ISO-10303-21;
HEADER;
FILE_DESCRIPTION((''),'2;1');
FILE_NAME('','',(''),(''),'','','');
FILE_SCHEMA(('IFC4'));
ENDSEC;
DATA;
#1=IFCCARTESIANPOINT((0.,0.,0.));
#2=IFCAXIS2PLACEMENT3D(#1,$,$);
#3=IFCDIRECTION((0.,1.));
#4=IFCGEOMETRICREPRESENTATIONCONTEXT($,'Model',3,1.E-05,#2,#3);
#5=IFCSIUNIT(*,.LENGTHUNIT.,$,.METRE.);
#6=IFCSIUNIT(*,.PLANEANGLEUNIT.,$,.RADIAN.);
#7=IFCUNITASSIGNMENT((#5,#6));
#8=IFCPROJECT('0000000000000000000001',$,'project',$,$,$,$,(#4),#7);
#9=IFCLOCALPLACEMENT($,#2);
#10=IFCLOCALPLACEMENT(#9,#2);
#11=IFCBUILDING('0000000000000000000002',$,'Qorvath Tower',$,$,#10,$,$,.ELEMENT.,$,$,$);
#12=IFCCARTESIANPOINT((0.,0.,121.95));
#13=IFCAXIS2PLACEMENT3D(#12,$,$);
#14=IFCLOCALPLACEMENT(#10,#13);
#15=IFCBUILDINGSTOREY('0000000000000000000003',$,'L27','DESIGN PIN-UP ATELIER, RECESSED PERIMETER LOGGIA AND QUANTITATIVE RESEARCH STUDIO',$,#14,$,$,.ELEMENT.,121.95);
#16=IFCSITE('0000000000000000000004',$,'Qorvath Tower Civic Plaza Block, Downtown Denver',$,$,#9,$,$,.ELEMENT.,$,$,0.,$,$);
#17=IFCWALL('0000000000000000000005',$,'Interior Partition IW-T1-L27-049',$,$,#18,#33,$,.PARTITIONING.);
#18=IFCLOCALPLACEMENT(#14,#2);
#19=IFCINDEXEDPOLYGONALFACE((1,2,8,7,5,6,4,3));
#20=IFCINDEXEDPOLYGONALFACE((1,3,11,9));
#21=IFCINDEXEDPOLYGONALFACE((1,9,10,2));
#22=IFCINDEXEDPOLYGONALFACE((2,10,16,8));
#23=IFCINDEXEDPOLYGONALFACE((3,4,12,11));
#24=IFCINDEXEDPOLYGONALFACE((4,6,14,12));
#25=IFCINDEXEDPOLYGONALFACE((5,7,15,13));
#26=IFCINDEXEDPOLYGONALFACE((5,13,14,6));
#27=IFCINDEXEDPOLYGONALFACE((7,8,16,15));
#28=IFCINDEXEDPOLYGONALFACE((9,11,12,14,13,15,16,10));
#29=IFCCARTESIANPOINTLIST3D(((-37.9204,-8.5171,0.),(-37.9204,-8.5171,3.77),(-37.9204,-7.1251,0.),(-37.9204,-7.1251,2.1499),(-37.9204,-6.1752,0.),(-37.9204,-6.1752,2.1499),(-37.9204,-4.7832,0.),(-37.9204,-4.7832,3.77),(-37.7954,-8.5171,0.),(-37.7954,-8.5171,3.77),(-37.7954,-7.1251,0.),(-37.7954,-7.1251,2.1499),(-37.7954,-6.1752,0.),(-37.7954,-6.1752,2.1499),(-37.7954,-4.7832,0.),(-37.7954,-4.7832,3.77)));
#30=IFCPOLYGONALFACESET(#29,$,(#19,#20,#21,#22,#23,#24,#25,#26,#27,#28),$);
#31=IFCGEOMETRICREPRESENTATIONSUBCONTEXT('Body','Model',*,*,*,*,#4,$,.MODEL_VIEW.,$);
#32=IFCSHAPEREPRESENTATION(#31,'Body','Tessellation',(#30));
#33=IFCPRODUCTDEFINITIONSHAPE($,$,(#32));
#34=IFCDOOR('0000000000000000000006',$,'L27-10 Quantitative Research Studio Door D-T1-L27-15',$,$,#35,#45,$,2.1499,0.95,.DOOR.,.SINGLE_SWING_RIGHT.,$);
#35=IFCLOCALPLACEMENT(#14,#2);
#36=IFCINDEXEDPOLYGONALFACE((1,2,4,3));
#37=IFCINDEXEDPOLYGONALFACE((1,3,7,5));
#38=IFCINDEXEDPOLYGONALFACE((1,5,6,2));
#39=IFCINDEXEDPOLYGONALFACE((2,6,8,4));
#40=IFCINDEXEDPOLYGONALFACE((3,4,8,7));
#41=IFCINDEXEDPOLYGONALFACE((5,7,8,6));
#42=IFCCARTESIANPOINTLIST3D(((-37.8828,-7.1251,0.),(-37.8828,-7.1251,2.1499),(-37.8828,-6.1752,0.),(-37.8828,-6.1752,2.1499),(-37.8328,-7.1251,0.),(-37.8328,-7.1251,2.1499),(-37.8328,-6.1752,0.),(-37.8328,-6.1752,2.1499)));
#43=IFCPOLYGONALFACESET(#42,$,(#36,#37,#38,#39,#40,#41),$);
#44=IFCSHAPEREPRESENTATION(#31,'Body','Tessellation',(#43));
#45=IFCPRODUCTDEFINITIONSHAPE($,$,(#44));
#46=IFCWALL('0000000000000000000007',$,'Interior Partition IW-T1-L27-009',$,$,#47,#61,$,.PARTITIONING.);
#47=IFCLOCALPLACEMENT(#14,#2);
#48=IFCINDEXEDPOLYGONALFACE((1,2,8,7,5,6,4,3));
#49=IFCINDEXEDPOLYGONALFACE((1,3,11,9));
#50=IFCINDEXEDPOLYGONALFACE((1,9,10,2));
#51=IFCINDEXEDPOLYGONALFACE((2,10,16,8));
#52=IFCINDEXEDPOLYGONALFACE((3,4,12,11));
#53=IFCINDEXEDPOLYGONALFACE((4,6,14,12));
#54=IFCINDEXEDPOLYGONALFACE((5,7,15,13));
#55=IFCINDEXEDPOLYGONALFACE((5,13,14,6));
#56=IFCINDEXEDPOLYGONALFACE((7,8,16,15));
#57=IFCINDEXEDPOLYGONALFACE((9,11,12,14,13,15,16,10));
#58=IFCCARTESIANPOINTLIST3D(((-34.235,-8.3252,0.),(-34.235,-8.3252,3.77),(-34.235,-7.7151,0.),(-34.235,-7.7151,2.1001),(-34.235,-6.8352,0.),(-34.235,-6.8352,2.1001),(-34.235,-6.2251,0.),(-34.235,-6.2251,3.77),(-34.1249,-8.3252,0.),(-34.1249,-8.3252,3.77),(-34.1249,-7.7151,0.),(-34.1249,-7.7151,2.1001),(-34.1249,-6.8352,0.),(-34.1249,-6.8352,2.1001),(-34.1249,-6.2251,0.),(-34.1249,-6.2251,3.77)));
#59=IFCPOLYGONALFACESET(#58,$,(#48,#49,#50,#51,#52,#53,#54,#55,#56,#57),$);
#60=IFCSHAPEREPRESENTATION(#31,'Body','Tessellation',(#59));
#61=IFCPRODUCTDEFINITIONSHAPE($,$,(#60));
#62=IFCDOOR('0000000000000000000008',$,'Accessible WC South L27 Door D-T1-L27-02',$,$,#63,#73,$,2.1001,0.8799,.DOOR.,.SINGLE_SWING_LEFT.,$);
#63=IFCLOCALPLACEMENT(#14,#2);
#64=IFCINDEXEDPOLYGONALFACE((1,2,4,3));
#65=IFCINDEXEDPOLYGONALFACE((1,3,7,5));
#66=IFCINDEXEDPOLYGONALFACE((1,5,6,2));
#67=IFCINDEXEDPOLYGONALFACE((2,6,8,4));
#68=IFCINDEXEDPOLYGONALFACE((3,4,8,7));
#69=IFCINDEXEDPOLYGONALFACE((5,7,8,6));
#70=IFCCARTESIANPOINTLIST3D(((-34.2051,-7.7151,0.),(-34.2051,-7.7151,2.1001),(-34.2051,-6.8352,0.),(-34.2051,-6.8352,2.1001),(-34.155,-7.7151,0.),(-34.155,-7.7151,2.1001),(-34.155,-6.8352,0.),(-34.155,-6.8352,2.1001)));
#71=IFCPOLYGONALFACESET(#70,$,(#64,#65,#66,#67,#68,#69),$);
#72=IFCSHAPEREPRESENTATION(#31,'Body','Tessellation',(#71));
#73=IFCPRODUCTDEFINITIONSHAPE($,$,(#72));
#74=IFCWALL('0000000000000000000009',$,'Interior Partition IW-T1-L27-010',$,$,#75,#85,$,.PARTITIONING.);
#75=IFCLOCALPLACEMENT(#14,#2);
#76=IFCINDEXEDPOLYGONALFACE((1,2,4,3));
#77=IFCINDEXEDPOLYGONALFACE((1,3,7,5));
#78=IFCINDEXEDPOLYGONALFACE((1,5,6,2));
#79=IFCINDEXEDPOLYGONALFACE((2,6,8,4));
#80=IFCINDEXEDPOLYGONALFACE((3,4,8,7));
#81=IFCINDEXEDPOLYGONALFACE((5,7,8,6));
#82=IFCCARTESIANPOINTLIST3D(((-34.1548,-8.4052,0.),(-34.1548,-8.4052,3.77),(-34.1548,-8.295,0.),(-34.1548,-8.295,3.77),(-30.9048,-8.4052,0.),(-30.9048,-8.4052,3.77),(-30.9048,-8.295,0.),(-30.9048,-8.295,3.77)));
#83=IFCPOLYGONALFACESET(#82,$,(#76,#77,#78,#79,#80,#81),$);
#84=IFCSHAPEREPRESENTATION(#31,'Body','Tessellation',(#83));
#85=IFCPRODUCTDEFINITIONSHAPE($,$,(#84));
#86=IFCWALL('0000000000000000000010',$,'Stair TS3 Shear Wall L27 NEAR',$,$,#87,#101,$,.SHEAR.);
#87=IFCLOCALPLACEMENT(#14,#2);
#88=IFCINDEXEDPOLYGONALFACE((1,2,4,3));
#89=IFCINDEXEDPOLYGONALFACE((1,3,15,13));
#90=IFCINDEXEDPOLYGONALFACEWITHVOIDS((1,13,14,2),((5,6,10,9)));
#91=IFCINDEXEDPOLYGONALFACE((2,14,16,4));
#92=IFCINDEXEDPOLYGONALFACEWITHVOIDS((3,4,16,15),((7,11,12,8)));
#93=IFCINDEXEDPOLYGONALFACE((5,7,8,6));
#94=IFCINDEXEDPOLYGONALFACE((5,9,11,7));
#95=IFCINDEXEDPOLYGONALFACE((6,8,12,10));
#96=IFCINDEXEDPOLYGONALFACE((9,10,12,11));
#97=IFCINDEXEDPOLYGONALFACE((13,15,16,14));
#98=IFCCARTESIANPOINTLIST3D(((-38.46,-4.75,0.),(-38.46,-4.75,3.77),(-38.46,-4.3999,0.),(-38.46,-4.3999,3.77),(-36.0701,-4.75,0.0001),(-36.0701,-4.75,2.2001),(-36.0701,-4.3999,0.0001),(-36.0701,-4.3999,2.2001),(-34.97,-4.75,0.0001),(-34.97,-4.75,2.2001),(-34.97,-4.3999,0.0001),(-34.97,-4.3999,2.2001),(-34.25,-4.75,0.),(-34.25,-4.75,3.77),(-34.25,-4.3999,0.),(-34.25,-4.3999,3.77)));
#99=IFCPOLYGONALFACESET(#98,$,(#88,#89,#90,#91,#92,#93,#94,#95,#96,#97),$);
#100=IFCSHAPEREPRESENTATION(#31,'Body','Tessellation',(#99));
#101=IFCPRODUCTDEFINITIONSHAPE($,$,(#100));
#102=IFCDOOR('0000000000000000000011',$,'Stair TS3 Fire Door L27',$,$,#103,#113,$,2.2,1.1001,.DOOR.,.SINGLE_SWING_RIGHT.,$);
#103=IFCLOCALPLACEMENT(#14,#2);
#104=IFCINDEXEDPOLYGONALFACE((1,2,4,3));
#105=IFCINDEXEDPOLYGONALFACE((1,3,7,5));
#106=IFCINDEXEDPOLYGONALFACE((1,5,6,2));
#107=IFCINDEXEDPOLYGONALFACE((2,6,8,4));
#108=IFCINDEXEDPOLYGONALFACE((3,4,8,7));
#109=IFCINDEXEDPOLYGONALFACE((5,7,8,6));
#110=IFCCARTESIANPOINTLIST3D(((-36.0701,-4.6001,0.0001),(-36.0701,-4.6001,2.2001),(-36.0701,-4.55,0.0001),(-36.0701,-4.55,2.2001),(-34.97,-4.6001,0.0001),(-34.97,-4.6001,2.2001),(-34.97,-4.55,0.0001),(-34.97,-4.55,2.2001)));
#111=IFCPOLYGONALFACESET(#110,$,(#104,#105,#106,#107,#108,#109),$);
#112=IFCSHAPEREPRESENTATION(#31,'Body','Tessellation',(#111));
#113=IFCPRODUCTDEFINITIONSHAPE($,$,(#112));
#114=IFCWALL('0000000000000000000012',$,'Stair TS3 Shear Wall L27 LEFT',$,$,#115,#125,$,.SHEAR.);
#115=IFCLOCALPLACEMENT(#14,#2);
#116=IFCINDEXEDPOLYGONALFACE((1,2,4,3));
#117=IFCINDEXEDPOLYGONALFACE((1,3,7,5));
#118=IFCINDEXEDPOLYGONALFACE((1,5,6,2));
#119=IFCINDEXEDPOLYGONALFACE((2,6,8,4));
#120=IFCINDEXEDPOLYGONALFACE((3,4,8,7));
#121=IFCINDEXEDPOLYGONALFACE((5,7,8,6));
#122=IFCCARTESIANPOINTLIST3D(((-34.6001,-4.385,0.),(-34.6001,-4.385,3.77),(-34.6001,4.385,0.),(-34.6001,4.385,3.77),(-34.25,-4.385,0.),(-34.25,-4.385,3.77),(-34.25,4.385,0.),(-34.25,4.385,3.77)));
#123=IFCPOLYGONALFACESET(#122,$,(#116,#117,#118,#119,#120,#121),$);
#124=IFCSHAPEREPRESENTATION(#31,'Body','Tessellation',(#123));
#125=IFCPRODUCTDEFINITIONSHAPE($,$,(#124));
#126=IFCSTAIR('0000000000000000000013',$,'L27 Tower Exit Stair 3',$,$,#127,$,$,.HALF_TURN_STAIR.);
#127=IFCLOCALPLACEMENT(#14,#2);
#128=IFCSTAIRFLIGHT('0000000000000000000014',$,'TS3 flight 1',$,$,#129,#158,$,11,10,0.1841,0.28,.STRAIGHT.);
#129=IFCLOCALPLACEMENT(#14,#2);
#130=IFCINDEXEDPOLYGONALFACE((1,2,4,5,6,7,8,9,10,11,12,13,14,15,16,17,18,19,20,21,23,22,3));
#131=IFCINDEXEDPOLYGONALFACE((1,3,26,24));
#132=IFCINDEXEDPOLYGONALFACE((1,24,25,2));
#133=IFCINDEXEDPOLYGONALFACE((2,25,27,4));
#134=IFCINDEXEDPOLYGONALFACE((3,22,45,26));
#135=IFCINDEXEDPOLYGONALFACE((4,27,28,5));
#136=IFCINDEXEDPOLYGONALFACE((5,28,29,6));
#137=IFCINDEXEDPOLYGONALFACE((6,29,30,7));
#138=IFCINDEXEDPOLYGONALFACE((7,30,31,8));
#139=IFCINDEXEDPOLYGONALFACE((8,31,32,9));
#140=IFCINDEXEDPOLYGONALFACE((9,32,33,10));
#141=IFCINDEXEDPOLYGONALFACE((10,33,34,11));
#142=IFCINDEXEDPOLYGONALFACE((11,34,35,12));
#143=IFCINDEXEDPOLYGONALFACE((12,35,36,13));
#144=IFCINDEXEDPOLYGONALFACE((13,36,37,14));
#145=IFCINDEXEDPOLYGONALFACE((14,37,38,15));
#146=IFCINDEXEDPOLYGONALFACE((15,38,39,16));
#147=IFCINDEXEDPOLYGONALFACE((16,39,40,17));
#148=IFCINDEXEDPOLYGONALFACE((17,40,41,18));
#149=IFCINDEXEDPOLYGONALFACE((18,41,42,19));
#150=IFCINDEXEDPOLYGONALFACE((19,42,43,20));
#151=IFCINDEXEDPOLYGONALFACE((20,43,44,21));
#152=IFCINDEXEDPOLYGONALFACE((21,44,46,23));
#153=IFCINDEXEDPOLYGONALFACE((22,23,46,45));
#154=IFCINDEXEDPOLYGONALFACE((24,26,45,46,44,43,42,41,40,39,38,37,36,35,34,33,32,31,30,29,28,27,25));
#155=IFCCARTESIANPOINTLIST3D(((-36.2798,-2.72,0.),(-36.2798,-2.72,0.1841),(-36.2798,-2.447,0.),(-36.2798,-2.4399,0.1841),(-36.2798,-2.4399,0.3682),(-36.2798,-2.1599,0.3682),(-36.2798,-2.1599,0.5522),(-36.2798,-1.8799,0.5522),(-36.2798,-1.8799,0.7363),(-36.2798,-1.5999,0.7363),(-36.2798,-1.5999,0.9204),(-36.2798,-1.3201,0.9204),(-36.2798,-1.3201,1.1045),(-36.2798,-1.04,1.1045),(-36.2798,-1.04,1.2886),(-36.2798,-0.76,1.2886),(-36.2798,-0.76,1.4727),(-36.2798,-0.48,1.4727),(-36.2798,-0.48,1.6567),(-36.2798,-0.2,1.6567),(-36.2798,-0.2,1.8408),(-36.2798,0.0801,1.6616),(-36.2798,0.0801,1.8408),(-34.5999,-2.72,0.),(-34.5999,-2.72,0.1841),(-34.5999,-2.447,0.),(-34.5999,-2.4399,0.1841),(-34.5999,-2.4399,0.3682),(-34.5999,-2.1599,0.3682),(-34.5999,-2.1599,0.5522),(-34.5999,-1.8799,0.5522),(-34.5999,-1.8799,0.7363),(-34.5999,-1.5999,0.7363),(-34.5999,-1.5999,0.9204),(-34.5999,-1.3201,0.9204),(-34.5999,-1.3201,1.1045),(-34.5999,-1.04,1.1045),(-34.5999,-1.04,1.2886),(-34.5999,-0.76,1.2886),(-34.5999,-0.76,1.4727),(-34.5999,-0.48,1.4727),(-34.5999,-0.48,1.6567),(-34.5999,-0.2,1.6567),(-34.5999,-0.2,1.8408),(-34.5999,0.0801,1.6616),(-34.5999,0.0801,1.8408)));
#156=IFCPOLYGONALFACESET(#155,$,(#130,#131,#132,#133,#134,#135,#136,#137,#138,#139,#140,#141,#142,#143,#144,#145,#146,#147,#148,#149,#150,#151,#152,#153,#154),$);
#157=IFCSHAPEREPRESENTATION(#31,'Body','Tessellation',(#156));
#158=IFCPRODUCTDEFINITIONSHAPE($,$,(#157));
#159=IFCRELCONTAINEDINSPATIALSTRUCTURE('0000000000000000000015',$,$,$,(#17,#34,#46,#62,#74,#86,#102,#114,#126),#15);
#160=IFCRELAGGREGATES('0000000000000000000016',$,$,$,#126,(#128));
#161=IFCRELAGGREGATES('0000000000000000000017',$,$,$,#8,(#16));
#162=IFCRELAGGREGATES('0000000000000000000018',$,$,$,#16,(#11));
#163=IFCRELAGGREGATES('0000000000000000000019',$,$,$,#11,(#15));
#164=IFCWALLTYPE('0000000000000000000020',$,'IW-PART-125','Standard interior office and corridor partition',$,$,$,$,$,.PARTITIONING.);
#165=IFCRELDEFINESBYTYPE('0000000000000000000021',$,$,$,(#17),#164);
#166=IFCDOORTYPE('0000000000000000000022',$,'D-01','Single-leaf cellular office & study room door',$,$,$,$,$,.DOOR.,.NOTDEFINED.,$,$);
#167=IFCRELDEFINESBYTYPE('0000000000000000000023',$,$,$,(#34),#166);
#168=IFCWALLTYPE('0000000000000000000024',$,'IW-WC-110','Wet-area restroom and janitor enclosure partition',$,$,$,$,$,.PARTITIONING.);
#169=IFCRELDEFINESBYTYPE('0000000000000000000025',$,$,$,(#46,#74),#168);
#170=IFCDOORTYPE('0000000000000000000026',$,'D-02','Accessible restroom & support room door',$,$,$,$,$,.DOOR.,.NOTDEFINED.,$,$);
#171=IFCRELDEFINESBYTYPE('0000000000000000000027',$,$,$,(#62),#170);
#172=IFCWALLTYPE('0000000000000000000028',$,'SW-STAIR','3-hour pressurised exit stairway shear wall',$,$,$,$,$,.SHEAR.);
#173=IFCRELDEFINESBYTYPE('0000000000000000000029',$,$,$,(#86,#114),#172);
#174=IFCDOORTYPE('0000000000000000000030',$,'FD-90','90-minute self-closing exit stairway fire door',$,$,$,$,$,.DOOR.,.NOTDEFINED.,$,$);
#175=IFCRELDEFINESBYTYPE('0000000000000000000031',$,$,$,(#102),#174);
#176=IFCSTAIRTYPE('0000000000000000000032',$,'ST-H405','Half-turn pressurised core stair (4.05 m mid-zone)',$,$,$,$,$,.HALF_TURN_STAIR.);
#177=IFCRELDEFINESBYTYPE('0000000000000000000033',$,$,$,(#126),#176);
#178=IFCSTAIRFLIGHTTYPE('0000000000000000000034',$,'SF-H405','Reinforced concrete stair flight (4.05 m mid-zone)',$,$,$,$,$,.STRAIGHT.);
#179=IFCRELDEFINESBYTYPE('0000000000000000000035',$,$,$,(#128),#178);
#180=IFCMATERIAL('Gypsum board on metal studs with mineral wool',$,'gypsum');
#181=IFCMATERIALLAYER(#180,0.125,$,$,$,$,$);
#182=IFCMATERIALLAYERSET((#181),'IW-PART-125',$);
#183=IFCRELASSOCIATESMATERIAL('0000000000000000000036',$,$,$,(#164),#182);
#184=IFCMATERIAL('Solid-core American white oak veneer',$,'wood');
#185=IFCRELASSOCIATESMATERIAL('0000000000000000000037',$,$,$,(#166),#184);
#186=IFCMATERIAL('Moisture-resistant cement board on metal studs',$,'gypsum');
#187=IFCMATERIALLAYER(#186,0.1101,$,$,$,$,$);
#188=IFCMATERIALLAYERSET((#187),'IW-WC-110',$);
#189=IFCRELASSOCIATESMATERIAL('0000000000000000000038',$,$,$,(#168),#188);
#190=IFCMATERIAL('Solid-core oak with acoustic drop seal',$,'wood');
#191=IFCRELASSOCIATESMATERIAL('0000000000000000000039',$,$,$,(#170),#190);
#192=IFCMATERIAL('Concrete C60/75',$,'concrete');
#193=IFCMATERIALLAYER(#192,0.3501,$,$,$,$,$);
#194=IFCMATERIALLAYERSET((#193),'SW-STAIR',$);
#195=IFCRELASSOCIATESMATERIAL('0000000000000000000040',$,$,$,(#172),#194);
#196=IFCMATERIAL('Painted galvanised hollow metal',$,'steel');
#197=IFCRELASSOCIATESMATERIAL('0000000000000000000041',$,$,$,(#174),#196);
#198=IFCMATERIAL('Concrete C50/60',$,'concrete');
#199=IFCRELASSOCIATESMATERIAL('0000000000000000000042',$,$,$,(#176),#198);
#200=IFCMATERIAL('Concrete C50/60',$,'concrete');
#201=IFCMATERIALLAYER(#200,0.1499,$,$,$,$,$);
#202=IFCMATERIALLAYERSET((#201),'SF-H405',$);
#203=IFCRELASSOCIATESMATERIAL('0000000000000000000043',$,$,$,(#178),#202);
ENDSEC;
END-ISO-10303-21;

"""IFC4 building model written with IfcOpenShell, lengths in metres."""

from ifc_helpers import new_model, si_unit, direction, frame, frame_2d, origin, place, context, subcontext, project, spatial, polyline, rectangle, outline, extrude, material, layer, layer_set, type_object, element, fill, aggregate, save


model = new_model("IFC4")

# Units and contexts
model_context = context("Model", 3, precision=1e-05, world=origin(), true_north=direction((0.0, 1.0)))
body_context = subcontext(model_context, "Body", "Model", "MODEL_VIEW")
ifc_project = project(units=[si_unit("LENGTHUNIT", "METRE"), si_unit("PLANEANGLEUNIT", "RADIAN")], contexts=[model_context])

# Site, building, storey
site_placement = place(None, origin())
site = spatial("IfcSite", under=ifc_project, at=site_placement, Name="Qorvath Tower Civic Plaza Block, Downtown Denver", CompositionType="ELEMENT", RefElevation=0.0)
building_placement = place(site_placement, origin())
building = spatial("IfcBuilding", under=site, at=building_placement, Name="Qorvath Tower", CompositionType="ELEMENT")
storey_placement = place(building_placement, frame((0.0, 0.0, 121.95)))
storey = spatial("IfcBuildingStorey", under=building, at=storey_placement, Name="L27", Description="DESIGN PIN-UP ATELIER, RECESSED PERIMETER LOGGIA AND QUANTITATIVE RESEARCH STUDIO", CompositionType="ELEMENT", Elevation=121.95)

# Shared definitions
ifc_material_1 = material(Name="Gypsum board on metal studs with mineral wool", Category="gypsum")
ifc_layer_1 = layer(ifc_material_1, 0.125)
ifc_layer_set_1 = layer_set([ifc_layer_1], Name="IW-PART-125")
wall_type_1 = type_object("IfcWallType", Name="IW-PART-125", Description="Standard interior office and corridor partition", PredefinedType="PARTITIONING", material=ifc_layer_set_1)

# Walls, openings, doors
wall_1_placement = place(storey_placement, frame((-37.8579, -8.5171, 0.0), z_axis=(0.0, 0.0, 1.0), x_axis=(0.0, 1.0, 0.0)))
wall_1 = element("IfcWall", 1, at=wall_1_placement, inside=storey, type_object=wall_type_1, Name="Interior Partition IW-T1-L27-049", PredefinedType="PARTITIONING", context=body_context, shape_type="SweptSolid", body=[
    extrude(rectangle(XDim=3.7339, YDim=0.125, at=frame_2d((1.8669, 0.0))), origin(), (0.0, 0.0, 1.0), 3.77),
])
opening_1_placement = place(wall_1_placement, frame((1.3918, 0.0, 0.0)))
opening_1 = element("IfcOpeningElement", 2, at=opening_1_placement, cuts=wall_1, PredefinedType="OPENING", context=body_context, shape_type="SweptSolid", body=[
    extrude(rectangle(XDim=0.95, YDim=2.1499, at=frame_2d((0.4751, 1.075))), frame((0.0, 0.0725, 0.0), z_axis=(0.0, -1.0, 0.0), x_axis=(1.0, 0.0, 0.0)), (0.0, 0.0, 1.0), 0.145),
])
ifc_material_2 = material(Name="Solid-core American white oak veneer", Category="wood")
door_type_1 = type_object("IfcDoorType", Name="D-01", Description="Single-leaf cellular office & study room door", OperationType="NOTDEFINED", PredefinedType="DOOR", material=ifc_material_2)
door_1_placement = place(opening_1_placement, origin())
door_1 = element("IfcDoor", 3, at=door_1_placement, inside=storey, type_object=door_type_1, Name="L27-10 Quantitative Research Studio Door D-T1-L27-15", OperationType="SINGLE_SWING_RIGHT", OverallHeight=2.1499, OverallWidth=0.95, PredefinedType="DOOR", context=body_context, shape_type="SweptSolid", body=[
    extrude(rectangle(XDim=0.95, YDim=2.1499, at=frame_2d((0.4751, 1.075))), frame((0.0, 0.0249, 0.0), z_axis=(0.0, -1.0, 0.0), x_axis=(1.0, 0.0, 0.0)), (0.0, 0.0, 1.0), 0.05),
])
fill(opening_1, door_1)
ifc_material_3 = material(Name="Moisture-resistant cement board on metal studs", Category="gypsum")
ifc_layer_2 = layer(ifc_material_3, 0.1101)
ifc_layer_set_2 = layer_set([ifc_layer_2], Name="IW-WC-110")
wall_type_2 = type_object("IfcWallType", Name="IW-WC-110", Description="Wet-area restroom and janitor enclosure partition", PredefinedType="PARTITIONING", material=ifc_layer_set_2)
wall_2_placement = place(storey_placement, frame((-34.1799, -6.2251, 0.0), z_axis=(0.0, 0.0, 1.0), x_axis=(0.0, -1.0, 0.0)))
wall_2 = element("IfcWall", 4, at=wall_2_placement, inside=storey, type_object=wall_type_2, Name="Interior Partition IW-T1-L27-009", PredefinedType="PARTITIONING", context=body_context, shape_type="SweptSolid", body=[
    extrude(rectangle(XDim=2.1001, YDim=0.1101, at=frame_2d((1.05, 0.0))), origin(), (0.0, 0.0, 1.0), 3.77),
])
opening_2_placement = place(wall_2_placement, frame((0.6101, 0.0, 0.0)))
opening_2 = element("IfcOpeningElement", 5, at=opening_2_placement, cuts=wall_2, PredefinedType="OPENING", context=body_context, shape_type="SweptSolid", body=[
    extrude(rectangle(XDim=0.8799, YDim=2.1001, at=frame_2d((0.4399, 1.05))), frame((0.0, 0.0649, 0.0), z_axis=(0.0, -1.0, 0.0), x_axis=(1.0, 0.0, 0.0)), (0.0, 0.0, 1.0), 0.1301),
])
ifc_material_4 = material(Name="Solid-core oak with acoustic drop seal", Category="wood")
door_type_2 = type_object("IfcDoorType", Name="D-02", Description="Accessible restroom & support room door", OperationType="NOTDEFINED", PredefinedType="DOOR", material=ifc_material_4)
door_2_placement = place(opening_2_placement, origin())
door_2 = element("IfcDoor", 6, at=door_2_placement, inside=storey, type_object=door_type_2, Name="Accessible WC South L27 Door D-T1-L27-02", OperationType="SINGLE_SWING_LEFT", OverallHeight=2.1001, OverallWidth=0.8799, PredefinedType="DOOR", context=body_context, shape_type="SweptSolid", body=[
    extrude(rectangle(XDim=0.8799, YDim=2.1001, at=frame_2d((0.4399, 1.05))), frame((0.0, 0.0249, 0.0), z_axis=(0.0, -1.0, 0.0), x_axis=(1.0, 0.0, 0.0)), (0.0, 0.0, 1.0), 0.05),
])
fill(opening_2, door_2)

# Wall
wall_3_placement = place(storey_placement, frame((-34.1548, -8.3501, 0.0), z_axis=(0.0, 0.0, 1.0), x_axis=(1.0, 0.0, 0.0)))
element("IfcWall", 7, at=wall_3_placement, inside=storey, type_object=wall_type_2, Name="Interior Partition IW-T1-L27-010", PredefinedType="PARTITIONING", context=body_context, shape_type="SweptSolid", body=[
    extrude(rectangle(XDim=3.25, YDim=0.1101, at=frame_2d((1.625, 0.0))), origin(), (0.0, 0.0, 1.0), 3.77),
])

# Wall, opening, door
ifc_material_5 = material(Name="Concrete C60/75", Category="concrete")
ifc_layer_3 = layer(ifc_material_5, 0.3501)
ifc_layer_set_3 = layer_set([ifc_layer_3], Name="SW-STAIR")
wall_type_3 = type_object("IfcWallType", Name="SW-STAIR", Description="3-hour pressurised exit stairway shear wall", PredefinedType="SHEAR", material=ifc_layer_set_3)
wall_4_placement = place(storey_placement, frame((-38.46, -4.575, 0.0), z_axis=(0.0, 0.0, 1.0), x_axis=(1.0, 0.0, 0.0)))
wall_4 = element("IfcWall", 8, at=wall_4_placement, inside=storey, type_object=wall_type_3, Name="Stair TS3 Shear Wall L27 NEAR", PredefinedType="SHEAR", context=body_context, shape_type="SweptSolid", body=[
    extrude(rectangle(XDim=4.21, YDim=0.3501, at=frame_2d((2.105, 0.0))), origin(), (0.0, 0.0, 1.0), 3.77),
])
opening_3_placement = place(wall_4_placement, frame((2.3899, 0.0, 0.0)))
opening_3 = element("IfcOpeningElement", 9, at=opening_3_placement, cuts=wall_4, PredefinedType="OPENING", context=body_context, shape_type="SweptSolid", body=[
    extrude(rectangle(XDim=1.1001, YDim=2.2, at=frame_2d((0.55, 1.1001))), frame((0.0, 0.1851, 0.0), z_axis=(0.0, -1.0, 0.0), x_axis=(1.0, 0.0, 0.0)), (0.0, 0.0, 1.0), 0.3701),
])
ifc_material_6 = material(Name="Painted galvanised hollow metal", Category="steel")
door_type_3 = type_object("IfcDoorType", Name="FD-90", Description="90-minute self-closing exit stairway fire door", OperationType="NOTDEFINED", PredefinedType="DOOR", material=ifc_material_6)
door_3_placement = place(opening_3_placement, origin())
door_3 = element("IfcDoor", 10, at=door_3_placement, inside=storey, type_object=door_type_3, Name="Stair TS3 Fire Door L27", OperationType="SINGLE_SWING_RIGHT", OverallHeight=2.2, OverallWidth=1.1001, PredefinedType="DOOR", context=body_context, shape_type="SweptSolid", body=[
    extrude(rectangle(XDim=1.1001, YDim=2.2, at=frame_2d((0.55, 1.1001))), frame((0.0, 0.0249, 0.0), z_axis=(0.0, -1.0, 0.0), x_axis=(1.0, 0.0, 0.0)), (0.0, 0.0, 1.0), 0.05),
])
fill(opening_3, door_3)

# Wall
wall_5_placement = place(storey_placement, frame((-34.425, -4.385, 0.0), z_axis=(0.0, 0.0, 1.0), x_axis=(0.0, 1.0, 0.0)))
element("IfcWall", 11, at=wall_5_placement, inside=storey, type_object=wall_type_3, Name="Stair TS3 Shear Wall L27 LEFT", PredefinedType="SHEAR", context=body_context, shape_type="SweptSolid", body=[
    extrude(rectangle(XDim=8.77, YDim=0.3501, at=frame_2d((4.385, 0.0))), origin(), (0.0, 0.0, 1.0), 3.77),
])

# Stair, stair flight
ifc_material_7 = material(Name="Concrete C50/60", Category="concrete")
stair_type = type_object("IfcStairType", Name="ST-H405", Description="Half-turn pressurised core stair (4.05 m mid-zone)", PredefinedType="HALF_TURN_STAIR", material=ifc_material_7)
stair_placement = place(storey_placement, origin())
stair = element("IfcStair", 12, at=stair_placement, inside=storey, type_object=stair_type, Name="L27 Tower Exit Stair 3", PredefinedType="HALF_TURN_STAIR")
ifc_material_8 = material(Name="Concrete C50/60", Category="concrete")
ifc_layer_4 = layer(ifc_material_8, 0.1499)
ifc_layer_set_4 = layer_set([ifc_layer_4], Name="SF-H405")
stair_flight_type = type_object("IfcStairFlightType", Name="SF-H405", Description="Reinforced concrete stair flight (4.05 m mid-zone)", PredefinedType="STRAIGHT", material=ifc_layer_set_4)
stair_flight_1_placement = place(storey_placement, frame((-35.4399, -2.72, 0.0), z_axis=(0.0, 0.0, 1.0), x_axis=(0.0, 1.0, 0.0)))
stair_flight_1 = element("IfcStairFlight", 13, at=stair_flight_1_placement, type_object=stair_flight_type, Name="TS3 flight 1", NumberOfRisers=11, NumberOfTreads=10, PredefinedType="STRAIGHT", RiserHeight=0.1841, TreadLength=0.28, context=body_context, shape_type="SweptSolid", body=[
    extrude(outline(polyline([(0.0, 0.0), (0.0, 0.1841), (0.28, 0.1841), (0.28, 0.3682), (0.5601, 0.3682), (0.5601, 0.5522), (0.8401, 0.5522), (0.8401, 0.7363), (1.1201, 0.7363), (1.1201, 0.9204), (1.3999, 0.9204), (1.3999, 1.1045), (1.6799, 1.1045), (1.6799, 1.2886), (1.96, 1.2886), (1.96, 1.4727), (2.24, 1.4727), (2.24, 1.6567), (2.52, 1.6567), (2.52, 1.8408), (2.8, 1.8408), (2.8, 2.0249), (2.8, 1.6616), (0.2729, 0.0), (0.0, 0.0)])), frame((0.0, 0.8398, 0.0), z_axis=(0.0, -1.0, 0.0), x_axis=(1.0, 0.0, 0.0)), (0.0, 0.0, 1.0), 1.6799),
])
aggregate(stair, [stair_flight_1])

save(model, "model.ifc")
